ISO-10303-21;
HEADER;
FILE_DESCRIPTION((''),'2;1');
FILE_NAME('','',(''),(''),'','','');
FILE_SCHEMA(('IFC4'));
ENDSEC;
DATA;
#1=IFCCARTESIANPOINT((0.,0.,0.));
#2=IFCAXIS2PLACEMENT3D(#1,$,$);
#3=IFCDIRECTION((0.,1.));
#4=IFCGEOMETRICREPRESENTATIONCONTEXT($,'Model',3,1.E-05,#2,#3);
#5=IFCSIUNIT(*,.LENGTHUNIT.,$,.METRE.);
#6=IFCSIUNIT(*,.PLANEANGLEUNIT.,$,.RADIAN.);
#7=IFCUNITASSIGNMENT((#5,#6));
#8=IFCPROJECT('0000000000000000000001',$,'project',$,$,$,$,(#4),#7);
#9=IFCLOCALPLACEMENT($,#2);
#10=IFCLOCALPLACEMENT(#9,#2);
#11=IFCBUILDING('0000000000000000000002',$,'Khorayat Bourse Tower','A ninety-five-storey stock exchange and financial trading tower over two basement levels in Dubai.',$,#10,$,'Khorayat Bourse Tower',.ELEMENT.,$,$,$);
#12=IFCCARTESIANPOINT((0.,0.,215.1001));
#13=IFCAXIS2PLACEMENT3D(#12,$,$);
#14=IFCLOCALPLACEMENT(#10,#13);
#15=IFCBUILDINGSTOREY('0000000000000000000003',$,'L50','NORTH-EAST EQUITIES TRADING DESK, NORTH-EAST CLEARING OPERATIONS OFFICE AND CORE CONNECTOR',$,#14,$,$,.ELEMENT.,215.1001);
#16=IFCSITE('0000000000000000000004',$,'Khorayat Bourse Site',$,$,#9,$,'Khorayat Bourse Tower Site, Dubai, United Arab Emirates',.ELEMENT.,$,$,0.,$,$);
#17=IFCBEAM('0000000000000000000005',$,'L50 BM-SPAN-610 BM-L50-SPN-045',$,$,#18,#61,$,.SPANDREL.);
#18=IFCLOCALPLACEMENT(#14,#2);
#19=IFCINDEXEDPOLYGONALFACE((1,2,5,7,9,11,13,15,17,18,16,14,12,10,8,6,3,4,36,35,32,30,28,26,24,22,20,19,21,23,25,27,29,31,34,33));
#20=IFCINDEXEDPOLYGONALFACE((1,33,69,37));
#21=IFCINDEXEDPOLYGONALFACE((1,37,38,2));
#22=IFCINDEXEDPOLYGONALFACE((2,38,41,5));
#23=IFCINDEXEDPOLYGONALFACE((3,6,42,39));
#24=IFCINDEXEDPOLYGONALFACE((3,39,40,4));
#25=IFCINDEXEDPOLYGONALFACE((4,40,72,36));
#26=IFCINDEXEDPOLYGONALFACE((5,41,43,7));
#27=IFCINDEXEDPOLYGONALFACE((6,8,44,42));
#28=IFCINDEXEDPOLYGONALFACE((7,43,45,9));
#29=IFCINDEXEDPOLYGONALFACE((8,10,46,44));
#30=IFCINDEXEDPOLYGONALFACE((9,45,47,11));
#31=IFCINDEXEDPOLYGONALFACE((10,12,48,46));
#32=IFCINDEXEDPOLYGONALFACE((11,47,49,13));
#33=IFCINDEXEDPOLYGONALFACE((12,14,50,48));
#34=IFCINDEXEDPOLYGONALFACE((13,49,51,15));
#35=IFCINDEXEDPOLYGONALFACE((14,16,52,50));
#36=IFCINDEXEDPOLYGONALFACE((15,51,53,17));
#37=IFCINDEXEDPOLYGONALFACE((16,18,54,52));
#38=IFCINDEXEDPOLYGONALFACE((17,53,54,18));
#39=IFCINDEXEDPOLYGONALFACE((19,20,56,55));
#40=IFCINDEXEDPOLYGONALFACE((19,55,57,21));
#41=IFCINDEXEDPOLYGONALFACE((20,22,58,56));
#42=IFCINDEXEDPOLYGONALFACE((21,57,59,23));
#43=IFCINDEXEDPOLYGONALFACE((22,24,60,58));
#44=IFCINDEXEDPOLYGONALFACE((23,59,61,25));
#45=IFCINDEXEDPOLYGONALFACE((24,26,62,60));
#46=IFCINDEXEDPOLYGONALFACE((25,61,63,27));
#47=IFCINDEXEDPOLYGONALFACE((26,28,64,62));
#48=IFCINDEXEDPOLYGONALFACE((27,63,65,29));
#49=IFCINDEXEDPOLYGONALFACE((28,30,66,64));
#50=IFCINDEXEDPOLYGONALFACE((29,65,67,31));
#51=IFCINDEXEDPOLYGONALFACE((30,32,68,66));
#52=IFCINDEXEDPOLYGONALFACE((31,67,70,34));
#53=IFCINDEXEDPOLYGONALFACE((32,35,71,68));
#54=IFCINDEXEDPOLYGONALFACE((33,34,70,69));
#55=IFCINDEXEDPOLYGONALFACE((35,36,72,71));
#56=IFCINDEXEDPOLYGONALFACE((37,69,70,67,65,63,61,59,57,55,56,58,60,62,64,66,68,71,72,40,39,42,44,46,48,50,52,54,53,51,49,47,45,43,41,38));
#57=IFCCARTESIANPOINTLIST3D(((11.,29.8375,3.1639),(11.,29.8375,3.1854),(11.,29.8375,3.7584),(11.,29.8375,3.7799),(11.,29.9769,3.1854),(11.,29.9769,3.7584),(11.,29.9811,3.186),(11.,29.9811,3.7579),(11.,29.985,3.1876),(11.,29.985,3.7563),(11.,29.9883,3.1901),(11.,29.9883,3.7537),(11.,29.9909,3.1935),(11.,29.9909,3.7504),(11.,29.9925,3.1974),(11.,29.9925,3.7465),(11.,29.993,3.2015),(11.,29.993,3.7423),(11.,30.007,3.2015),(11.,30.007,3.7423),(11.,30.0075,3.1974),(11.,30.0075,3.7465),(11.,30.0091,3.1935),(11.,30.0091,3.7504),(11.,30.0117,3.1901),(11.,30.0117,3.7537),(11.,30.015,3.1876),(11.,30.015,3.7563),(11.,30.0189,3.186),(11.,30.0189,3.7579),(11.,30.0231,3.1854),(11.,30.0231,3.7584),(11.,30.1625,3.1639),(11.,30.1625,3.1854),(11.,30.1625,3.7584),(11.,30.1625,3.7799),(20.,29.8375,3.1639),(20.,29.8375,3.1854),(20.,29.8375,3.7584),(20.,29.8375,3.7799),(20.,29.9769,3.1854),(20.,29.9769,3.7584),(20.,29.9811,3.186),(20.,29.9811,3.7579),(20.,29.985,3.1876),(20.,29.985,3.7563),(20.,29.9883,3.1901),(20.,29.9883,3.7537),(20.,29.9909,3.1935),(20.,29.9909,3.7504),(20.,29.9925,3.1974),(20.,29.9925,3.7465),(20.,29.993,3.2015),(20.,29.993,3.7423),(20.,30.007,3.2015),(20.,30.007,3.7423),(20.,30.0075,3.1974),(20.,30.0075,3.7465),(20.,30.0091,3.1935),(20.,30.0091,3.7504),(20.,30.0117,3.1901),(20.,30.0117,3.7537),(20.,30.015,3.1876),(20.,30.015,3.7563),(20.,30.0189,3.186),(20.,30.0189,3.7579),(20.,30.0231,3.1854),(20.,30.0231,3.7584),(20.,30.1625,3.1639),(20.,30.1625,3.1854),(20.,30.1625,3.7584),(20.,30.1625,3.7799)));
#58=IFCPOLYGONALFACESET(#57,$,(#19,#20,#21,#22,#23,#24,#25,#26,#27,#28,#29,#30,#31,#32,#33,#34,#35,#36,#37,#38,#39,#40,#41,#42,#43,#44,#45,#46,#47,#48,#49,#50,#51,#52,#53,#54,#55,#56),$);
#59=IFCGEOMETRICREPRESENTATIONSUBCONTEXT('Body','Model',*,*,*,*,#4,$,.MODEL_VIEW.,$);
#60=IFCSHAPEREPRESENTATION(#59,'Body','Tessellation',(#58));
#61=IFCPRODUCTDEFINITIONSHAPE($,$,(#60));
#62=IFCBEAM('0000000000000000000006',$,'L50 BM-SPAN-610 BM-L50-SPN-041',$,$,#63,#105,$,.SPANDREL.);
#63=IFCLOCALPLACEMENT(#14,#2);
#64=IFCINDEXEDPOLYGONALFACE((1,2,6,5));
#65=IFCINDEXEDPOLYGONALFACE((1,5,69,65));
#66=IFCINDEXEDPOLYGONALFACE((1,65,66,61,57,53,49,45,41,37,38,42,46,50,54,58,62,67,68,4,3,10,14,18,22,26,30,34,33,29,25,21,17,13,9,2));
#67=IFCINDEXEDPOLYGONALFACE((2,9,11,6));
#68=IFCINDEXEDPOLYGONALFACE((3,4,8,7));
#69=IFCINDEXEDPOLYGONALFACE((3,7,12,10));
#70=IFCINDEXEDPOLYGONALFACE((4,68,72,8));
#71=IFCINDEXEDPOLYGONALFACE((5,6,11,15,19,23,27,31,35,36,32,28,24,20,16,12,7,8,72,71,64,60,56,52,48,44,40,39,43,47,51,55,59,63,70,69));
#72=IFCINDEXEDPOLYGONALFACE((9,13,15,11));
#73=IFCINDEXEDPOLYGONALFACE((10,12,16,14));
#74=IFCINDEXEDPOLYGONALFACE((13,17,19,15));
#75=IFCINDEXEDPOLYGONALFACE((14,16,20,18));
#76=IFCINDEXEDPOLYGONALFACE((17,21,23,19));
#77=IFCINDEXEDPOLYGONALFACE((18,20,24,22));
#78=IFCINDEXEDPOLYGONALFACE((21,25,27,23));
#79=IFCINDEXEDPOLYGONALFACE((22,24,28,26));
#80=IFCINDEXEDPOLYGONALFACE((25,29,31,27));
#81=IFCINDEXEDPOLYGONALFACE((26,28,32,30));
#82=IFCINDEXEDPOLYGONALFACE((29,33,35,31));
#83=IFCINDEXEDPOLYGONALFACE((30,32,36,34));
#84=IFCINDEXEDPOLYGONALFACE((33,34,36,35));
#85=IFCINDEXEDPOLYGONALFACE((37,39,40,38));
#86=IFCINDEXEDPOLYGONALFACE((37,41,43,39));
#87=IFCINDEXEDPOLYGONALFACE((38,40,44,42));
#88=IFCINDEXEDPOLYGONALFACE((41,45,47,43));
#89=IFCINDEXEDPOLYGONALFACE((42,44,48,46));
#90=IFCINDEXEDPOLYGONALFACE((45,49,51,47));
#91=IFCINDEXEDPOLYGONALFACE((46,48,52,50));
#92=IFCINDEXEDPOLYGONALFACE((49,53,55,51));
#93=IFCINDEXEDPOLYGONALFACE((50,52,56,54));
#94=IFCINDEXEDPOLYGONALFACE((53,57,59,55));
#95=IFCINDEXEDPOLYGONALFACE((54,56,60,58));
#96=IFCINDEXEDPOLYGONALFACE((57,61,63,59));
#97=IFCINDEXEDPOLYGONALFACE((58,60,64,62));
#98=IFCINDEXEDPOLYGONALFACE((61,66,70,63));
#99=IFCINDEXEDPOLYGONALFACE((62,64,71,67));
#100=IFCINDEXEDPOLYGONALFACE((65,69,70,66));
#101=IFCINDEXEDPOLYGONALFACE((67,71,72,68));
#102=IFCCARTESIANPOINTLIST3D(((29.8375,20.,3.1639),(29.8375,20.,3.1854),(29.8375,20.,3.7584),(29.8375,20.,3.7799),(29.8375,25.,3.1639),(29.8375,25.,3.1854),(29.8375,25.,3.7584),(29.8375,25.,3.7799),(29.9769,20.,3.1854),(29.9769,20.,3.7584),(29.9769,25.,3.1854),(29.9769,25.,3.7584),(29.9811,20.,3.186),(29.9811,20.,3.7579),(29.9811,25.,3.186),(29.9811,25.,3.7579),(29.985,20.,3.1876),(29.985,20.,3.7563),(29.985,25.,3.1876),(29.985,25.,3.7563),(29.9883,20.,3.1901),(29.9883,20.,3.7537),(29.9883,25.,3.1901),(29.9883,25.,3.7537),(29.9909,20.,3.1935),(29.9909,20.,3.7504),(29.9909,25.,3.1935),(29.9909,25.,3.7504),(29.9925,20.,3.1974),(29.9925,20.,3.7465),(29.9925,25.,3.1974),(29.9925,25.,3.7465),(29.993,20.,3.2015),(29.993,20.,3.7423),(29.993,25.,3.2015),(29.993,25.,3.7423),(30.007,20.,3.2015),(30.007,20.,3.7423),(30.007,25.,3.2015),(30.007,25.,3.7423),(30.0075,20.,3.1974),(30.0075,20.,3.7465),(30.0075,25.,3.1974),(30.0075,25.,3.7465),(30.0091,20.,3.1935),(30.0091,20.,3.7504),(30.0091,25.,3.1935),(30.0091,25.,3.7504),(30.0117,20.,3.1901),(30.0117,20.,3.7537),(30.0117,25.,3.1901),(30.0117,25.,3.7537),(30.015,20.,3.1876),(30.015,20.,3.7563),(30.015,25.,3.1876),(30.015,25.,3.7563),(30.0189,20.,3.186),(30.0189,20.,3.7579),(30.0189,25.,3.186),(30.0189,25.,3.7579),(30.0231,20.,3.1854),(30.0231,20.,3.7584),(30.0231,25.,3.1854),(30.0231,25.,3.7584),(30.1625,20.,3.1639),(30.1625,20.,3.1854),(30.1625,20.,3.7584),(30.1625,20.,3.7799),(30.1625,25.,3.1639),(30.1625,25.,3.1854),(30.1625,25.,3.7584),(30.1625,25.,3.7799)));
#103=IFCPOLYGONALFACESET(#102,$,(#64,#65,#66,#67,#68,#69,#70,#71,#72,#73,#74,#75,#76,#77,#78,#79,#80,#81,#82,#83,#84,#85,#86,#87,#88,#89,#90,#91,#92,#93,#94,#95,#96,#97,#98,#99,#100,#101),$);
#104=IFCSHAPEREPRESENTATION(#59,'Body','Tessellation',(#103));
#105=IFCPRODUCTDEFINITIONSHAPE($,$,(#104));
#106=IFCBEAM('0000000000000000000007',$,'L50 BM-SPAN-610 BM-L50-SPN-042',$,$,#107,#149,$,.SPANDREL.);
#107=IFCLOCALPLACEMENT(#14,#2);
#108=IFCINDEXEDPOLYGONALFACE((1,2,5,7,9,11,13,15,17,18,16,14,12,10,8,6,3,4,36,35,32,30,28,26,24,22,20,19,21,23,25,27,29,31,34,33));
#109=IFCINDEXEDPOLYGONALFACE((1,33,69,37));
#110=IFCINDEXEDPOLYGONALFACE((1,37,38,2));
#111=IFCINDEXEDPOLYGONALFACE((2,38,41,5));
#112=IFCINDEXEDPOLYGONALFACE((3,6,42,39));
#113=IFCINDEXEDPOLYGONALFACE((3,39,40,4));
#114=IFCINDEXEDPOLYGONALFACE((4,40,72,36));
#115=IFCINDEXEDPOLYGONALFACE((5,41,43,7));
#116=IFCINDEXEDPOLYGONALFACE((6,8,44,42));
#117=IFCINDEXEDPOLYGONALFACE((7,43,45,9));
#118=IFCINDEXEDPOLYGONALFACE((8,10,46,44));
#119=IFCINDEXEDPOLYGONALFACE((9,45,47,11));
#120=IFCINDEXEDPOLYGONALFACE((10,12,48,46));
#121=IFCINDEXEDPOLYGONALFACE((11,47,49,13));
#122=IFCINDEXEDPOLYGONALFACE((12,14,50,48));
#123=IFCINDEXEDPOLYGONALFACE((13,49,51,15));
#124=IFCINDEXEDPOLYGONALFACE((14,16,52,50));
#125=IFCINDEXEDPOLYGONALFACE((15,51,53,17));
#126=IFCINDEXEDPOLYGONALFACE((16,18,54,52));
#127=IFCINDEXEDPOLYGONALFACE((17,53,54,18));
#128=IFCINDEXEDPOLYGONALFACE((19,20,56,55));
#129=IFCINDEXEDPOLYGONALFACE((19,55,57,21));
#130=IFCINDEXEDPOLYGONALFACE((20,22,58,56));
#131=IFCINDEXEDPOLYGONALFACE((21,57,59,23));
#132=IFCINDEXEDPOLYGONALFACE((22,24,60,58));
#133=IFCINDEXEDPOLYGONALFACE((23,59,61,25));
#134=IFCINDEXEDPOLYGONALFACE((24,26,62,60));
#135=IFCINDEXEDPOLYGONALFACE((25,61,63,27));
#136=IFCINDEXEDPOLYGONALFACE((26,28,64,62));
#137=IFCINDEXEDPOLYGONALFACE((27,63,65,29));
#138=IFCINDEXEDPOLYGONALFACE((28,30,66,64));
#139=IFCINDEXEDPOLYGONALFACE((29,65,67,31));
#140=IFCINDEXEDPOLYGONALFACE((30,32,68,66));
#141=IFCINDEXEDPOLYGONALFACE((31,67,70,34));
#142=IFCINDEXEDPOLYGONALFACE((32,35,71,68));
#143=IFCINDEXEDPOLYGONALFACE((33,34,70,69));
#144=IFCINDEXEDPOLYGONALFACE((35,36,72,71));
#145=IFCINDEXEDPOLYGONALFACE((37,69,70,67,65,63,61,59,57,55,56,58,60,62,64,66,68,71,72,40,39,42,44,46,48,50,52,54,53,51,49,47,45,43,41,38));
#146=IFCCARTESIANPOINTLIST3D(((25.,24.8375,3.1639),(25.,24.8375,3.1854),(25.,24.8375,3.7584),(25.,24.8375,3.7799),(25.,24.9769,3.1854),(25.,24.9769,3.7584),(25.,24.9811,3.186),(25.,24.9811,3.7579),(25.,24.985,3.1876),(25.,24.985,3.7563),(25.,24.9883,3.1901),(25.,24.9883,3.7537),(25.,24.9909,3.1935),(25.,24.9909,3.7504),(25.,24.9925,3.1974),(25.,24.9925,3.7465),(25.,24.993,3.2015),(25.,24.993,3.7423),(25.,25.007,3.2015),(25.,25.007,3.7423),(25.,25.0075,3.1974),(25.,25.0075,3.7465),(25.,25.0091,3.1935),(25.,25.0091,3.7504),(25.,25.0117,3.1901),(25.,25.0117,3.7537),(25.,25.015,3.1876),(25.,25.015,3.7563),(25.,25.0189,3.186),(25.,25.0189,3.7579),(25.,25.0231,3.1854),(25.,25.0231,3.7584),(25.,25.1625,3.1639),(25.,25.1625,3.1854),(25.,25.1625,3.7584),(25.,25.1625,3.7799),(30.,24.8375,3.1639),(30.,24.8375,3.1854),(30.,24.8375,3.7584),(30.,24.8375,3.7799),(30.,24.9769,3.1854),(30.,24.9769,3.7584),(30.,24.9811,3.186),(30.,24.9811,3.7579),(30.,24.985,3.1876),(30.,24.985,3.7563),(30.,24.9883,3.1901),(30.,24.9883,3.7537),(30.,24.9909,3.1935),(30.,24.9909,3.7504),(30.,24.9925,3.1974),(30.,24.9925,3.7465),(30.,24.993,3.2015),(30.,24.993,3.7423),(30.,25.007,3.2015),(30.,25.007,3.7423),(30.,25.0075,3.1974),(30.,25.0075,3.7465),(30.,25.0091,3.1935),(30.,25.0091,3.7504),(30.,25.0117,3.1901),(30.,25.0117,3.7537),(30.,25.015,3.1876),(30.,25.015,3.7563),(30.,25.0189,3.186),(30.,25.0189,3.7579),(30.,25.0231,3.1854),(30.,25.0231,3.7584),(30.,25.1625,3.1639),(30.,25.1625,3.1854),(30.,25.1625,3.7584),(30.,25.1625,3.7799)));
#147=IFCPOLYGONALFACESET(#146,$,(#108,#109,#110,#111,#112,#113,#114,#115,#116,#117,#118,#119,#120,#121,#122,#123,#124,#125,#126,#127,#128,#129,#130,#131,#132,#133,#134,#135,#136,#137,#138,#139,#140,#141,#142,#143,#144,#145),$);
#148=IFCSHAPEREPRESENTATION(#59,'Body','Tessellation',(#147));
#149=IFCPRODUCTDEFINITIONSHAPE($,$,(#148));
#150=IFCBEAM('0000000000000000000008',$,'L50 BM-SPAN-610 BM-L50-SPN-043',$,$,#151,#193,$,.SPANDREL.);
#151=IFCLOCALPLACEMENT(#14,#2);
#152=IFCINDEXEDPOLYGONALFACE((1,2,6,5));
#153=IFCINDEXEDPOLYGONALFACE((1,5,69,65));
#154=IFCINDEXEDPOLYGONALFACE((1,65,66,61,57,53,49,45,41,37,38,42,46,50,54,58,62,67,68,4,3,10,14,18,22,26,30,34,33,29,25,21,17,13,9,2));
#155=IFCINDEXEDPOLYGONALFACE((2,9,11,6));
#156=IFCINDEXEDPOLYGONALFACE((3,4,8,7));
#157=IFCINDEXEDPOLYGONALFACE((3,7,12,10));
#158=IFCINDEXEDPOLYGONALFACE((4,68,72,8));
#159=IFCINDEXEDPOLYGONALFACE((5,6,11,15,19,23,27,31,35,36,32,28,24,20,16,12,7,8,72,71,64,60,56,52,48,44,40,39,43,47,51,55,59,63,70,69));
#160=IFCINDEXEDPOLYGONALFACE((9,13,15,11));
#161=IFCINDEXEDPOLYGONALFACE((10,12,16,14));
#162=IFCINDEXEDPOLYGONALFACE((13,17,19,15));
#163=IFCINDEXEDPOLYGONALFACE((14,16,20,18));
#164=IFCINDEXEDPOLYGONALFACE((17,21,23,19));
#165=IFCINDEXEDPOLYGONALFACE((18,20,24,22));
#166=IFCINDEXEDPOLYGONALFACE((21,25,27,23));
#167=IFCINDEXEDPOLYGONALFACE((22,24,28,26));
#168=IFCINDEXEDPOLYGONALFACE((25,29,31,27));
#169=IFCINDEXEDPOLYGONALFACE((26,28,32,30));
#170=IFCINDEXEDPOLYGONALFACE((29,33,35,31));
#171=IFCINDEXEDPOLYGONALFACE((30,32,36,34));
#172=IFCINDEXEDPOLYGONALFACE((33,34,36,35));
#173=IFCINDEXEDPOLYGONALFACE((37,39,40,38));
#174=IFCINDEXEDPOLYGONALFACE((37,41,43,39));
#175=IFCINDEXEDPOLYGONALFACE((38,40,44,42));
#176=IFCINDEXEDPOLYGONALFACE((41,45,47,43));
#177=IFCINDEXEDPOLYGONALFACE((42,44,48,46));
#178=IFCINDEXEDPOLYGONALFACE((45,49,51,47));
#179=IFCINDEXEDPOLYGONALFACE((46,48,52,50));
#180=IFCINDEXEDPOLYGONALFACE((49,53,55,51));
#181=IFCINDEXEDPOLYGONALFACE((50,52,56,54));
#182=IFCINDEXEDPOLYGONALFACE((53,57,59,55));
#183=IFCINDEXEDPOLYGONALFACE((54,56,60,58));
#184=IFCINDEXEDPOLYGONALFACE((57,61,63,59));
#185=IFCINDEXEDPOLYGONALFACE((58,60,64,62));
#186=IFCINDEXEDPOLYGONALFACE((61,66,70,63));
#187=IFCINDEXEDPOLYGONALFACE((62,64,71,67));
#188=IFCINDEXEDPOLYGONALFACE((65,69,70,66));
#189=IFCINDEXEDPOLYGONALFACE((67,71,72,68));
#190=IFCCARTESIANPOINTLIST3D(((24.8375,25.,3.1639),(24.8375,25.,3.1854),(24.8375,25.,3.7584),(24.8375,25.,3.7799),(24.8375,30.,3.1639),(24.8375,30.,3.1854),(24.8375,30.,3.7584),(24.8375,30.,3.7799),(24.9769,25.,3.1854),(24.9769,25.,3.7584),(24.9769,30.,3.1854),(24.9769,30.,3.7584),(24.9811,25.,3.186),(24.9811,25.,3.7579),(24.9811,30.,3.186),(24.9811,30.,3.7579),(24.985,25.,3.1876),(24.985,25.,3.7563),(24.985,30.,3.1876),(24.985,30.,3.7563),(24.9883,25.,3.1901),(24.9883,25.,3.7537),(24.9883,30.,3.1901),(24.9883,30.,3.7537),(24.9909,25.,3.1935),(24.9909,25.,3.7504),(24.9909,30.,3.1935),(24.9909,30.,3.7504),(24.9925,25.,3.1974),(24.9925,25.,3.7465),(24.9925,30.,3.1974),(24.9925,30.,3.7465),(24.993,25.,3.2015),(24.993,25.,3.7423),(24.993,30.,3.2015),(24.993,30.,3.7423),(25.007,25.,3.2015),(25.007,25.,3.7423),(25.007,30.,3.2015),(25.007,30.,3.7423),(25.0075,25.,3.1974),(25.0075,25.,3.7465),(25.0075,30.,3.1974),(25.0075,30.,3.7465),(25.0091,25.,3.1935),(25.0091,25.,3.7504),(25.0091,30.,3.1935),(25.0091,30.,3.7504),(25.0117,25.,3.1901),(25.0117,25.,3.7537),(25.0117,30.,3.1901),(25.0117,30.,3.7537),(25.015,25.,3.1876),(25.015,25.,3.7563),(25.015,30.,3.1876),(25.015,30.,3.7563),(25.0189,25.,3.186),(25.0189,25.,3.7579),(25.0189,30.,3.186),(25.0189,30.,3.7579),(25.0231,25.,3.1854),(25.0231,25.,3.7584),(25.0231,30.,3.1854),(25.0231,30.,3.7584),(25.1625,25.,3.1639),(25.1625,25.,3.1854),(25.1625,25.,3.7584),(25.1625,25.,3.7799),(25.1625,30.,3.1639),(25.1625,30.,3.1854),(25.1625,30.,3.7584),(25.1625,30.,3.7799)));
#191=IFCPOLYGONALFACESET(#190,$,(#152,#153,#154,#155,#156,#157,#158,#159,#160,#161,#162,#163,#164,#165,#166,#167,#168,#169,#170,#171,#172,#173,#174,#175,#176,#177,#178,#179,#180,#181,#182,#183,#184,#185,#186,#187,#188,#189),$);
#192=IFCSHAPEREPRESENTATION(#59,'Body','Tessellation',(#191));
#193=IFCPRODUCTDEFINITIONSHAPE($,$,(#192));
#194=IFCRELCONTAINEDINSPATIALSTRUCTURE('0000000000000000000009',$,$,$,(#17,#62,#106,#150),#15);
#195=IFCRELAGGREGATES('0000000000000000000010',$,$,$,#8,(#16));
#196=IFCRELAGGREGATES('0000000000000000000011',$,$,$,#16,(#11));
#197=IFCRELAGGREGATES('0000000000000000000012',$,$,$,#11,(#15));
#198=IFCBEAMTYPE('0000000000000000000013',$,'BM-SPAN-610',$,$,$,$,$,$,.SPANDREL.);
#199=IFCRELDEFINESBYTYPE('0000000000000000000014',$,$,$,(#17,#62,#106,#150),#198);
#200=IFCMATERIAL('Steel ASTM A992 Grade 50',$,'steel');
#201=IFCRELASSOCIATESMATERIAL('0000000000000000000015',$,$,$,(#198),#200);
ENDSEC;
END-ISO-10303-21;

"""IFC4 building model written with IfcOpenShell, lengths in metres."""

from ifc_helpers import new_model, si_unit, direction, frame, origin, origin_2d, place, context, subcontext, project, spatial, i_section, extrude, source, transform, mapped, material, material_profile, profile_set, type_object, element, save


model = new_model("IFC4")

# Units and contexts
model_context = context("Model", 3, precision=1e-05, world=origin(), true_north=direction((0.0, 1.0)))
body_context = subcontext(model_context, "Body", "Model", "MODEL_VIEW")
ifc_project = project(units=[si_unit("LENGTHUNIT", "METRE"), si_unit("PLANEANGLEUNIT", "RADIAN")], contexts=[model_context])

# Site, building, storey
site_placement = place(None, origin())
site = spatial("IfcSite", under=ifc_project, at=site_placement, Name="Khorayat Bourse Site", LongName="Khorayat Bourse Tower Site, Dubai, United Arab Emirates", CompositionType="ELEMENT", RefElevation=0.0)
building_placement = place(site_placement, origin())
building = spatial("IfcBuilding", under=site, at=building_placement, Name="Khorayat Bourse Tower", Description="A ninety-five-storey stock exchange and financial trading tower over two basement levels in Dubai.", LongName="Khorayat Bourse Tower", CompositionType="ELEMENT")
storey_placement = place(building_placement, frame((0.0, 0.0, 215.1001)))
storey = spatial("IfcBuildingStorey", under=building, at=storey_placement, Name="L50", Description="NORTH-EAST EQUITIES TRADING DESK, NORTH-EAST CLEARING OPERATIONS OFFICE AND CORE CONNECTOR", CompositionType="ELEMENT", Elevation=215.1001)

# Beams
ifc_material_1 = material(Name="Steel ASTM A992 Grade 50", Category="steel")
ifc_material_profile_1 = material_profile(ifc_material_1, i_section(OverallWidth=0.325, OverallDepth=0.616, WebThickness=0.0139, FlangeThickness=0.0215, FilletRadius=0.0161, at=origin_2d()), Name="W610X174")
ifc_profile_set_1 = profile_set([ifc_material_profile_1], Name="Steel ASTM A992 Grade 50")
beam_type_1 = type_object("IfcBeamType", Name="BM-SPAN-610", PredefinedType="SPANDREL", material=ifc_profile_set_1)
shared_shape_1 = source(origin(), body_context, "Body", "SweptSolid", [
    extrude(i_section(OverallWidth=0.325, OverallDepth=0.616, WebThickness=0.0139, FlangeThickness=0.0215, FilletRadius=0.0161, at=origin_2d()), origin(), (0.0, 0.0, 1.0), 9.0),
])
beam_1_placement = place(storey_placement, frame((11.0, 30.0, 3.4719), z_axis=(1.0, 0.0, 0.0), x_axis=(0.0, 1.0, 0.0)))
element("IfcBeam", 1, at=beam_1_placement, inside=storey, type_object=beam_type_1, Name="L50 BM-SPAN-610 BM-L50-SPN-045", PredefinedType="SPANDREL", context=body_context, shape_type="MappedRepresentation", body=[
    mapped(shared_shape_1, transform((0.0, 0.0, 0.0), scale=1.0)),
])
shared_shape_2 = source(origin(), body_context, "Body", "SweptSolid", [
    extrude(i_section(OverallWidth=0.325, OverallDepth=0.616, WebThickness=0.0139, FlangeThickness=0.0215, FilletRadius=0.0161, at=origin_2d()), origin(), (0.0, 0.0, 1.0), 5.0),
])
for number, where, z_axis, x_axis, name in (
    (2, (30.0, 20.0, 3.4719), (0.0, 1.0, 0.0), (-1.0, 0.0, 0.0), "L50 BM-SPAN-610 BM-L50-SPN-041"),
    (3, (25.0, 25.0, 3.4719), (1.0, 0.0, 0.0), (0.0, 1.0, 0.0), "L50 BM-SPAN-610 BM-L50-SPN-042"),
    (4, (25.0, 25.0, 3.4719), (0.0, 1.0, 0.0), (-1.0, 0.0, 0.0), "L50 BM-SPAN-610 BM-L50-SPN-043"),
):
    element("IfcBeam", number, at=place(storey_placement, frame(where, z_axis=z_axis, x_axis=x_axis)), inside=storey, type_object=beam_type_1, Name=name, PredefinedType="SPANDREL", context=body_context, shape_type="MappedRepresentation", body=[
        mapped(shared_shape_2, transform((0.0, 0.0, 0.0), scale=1.0)),
    ])

save(model, "model.ifc")
